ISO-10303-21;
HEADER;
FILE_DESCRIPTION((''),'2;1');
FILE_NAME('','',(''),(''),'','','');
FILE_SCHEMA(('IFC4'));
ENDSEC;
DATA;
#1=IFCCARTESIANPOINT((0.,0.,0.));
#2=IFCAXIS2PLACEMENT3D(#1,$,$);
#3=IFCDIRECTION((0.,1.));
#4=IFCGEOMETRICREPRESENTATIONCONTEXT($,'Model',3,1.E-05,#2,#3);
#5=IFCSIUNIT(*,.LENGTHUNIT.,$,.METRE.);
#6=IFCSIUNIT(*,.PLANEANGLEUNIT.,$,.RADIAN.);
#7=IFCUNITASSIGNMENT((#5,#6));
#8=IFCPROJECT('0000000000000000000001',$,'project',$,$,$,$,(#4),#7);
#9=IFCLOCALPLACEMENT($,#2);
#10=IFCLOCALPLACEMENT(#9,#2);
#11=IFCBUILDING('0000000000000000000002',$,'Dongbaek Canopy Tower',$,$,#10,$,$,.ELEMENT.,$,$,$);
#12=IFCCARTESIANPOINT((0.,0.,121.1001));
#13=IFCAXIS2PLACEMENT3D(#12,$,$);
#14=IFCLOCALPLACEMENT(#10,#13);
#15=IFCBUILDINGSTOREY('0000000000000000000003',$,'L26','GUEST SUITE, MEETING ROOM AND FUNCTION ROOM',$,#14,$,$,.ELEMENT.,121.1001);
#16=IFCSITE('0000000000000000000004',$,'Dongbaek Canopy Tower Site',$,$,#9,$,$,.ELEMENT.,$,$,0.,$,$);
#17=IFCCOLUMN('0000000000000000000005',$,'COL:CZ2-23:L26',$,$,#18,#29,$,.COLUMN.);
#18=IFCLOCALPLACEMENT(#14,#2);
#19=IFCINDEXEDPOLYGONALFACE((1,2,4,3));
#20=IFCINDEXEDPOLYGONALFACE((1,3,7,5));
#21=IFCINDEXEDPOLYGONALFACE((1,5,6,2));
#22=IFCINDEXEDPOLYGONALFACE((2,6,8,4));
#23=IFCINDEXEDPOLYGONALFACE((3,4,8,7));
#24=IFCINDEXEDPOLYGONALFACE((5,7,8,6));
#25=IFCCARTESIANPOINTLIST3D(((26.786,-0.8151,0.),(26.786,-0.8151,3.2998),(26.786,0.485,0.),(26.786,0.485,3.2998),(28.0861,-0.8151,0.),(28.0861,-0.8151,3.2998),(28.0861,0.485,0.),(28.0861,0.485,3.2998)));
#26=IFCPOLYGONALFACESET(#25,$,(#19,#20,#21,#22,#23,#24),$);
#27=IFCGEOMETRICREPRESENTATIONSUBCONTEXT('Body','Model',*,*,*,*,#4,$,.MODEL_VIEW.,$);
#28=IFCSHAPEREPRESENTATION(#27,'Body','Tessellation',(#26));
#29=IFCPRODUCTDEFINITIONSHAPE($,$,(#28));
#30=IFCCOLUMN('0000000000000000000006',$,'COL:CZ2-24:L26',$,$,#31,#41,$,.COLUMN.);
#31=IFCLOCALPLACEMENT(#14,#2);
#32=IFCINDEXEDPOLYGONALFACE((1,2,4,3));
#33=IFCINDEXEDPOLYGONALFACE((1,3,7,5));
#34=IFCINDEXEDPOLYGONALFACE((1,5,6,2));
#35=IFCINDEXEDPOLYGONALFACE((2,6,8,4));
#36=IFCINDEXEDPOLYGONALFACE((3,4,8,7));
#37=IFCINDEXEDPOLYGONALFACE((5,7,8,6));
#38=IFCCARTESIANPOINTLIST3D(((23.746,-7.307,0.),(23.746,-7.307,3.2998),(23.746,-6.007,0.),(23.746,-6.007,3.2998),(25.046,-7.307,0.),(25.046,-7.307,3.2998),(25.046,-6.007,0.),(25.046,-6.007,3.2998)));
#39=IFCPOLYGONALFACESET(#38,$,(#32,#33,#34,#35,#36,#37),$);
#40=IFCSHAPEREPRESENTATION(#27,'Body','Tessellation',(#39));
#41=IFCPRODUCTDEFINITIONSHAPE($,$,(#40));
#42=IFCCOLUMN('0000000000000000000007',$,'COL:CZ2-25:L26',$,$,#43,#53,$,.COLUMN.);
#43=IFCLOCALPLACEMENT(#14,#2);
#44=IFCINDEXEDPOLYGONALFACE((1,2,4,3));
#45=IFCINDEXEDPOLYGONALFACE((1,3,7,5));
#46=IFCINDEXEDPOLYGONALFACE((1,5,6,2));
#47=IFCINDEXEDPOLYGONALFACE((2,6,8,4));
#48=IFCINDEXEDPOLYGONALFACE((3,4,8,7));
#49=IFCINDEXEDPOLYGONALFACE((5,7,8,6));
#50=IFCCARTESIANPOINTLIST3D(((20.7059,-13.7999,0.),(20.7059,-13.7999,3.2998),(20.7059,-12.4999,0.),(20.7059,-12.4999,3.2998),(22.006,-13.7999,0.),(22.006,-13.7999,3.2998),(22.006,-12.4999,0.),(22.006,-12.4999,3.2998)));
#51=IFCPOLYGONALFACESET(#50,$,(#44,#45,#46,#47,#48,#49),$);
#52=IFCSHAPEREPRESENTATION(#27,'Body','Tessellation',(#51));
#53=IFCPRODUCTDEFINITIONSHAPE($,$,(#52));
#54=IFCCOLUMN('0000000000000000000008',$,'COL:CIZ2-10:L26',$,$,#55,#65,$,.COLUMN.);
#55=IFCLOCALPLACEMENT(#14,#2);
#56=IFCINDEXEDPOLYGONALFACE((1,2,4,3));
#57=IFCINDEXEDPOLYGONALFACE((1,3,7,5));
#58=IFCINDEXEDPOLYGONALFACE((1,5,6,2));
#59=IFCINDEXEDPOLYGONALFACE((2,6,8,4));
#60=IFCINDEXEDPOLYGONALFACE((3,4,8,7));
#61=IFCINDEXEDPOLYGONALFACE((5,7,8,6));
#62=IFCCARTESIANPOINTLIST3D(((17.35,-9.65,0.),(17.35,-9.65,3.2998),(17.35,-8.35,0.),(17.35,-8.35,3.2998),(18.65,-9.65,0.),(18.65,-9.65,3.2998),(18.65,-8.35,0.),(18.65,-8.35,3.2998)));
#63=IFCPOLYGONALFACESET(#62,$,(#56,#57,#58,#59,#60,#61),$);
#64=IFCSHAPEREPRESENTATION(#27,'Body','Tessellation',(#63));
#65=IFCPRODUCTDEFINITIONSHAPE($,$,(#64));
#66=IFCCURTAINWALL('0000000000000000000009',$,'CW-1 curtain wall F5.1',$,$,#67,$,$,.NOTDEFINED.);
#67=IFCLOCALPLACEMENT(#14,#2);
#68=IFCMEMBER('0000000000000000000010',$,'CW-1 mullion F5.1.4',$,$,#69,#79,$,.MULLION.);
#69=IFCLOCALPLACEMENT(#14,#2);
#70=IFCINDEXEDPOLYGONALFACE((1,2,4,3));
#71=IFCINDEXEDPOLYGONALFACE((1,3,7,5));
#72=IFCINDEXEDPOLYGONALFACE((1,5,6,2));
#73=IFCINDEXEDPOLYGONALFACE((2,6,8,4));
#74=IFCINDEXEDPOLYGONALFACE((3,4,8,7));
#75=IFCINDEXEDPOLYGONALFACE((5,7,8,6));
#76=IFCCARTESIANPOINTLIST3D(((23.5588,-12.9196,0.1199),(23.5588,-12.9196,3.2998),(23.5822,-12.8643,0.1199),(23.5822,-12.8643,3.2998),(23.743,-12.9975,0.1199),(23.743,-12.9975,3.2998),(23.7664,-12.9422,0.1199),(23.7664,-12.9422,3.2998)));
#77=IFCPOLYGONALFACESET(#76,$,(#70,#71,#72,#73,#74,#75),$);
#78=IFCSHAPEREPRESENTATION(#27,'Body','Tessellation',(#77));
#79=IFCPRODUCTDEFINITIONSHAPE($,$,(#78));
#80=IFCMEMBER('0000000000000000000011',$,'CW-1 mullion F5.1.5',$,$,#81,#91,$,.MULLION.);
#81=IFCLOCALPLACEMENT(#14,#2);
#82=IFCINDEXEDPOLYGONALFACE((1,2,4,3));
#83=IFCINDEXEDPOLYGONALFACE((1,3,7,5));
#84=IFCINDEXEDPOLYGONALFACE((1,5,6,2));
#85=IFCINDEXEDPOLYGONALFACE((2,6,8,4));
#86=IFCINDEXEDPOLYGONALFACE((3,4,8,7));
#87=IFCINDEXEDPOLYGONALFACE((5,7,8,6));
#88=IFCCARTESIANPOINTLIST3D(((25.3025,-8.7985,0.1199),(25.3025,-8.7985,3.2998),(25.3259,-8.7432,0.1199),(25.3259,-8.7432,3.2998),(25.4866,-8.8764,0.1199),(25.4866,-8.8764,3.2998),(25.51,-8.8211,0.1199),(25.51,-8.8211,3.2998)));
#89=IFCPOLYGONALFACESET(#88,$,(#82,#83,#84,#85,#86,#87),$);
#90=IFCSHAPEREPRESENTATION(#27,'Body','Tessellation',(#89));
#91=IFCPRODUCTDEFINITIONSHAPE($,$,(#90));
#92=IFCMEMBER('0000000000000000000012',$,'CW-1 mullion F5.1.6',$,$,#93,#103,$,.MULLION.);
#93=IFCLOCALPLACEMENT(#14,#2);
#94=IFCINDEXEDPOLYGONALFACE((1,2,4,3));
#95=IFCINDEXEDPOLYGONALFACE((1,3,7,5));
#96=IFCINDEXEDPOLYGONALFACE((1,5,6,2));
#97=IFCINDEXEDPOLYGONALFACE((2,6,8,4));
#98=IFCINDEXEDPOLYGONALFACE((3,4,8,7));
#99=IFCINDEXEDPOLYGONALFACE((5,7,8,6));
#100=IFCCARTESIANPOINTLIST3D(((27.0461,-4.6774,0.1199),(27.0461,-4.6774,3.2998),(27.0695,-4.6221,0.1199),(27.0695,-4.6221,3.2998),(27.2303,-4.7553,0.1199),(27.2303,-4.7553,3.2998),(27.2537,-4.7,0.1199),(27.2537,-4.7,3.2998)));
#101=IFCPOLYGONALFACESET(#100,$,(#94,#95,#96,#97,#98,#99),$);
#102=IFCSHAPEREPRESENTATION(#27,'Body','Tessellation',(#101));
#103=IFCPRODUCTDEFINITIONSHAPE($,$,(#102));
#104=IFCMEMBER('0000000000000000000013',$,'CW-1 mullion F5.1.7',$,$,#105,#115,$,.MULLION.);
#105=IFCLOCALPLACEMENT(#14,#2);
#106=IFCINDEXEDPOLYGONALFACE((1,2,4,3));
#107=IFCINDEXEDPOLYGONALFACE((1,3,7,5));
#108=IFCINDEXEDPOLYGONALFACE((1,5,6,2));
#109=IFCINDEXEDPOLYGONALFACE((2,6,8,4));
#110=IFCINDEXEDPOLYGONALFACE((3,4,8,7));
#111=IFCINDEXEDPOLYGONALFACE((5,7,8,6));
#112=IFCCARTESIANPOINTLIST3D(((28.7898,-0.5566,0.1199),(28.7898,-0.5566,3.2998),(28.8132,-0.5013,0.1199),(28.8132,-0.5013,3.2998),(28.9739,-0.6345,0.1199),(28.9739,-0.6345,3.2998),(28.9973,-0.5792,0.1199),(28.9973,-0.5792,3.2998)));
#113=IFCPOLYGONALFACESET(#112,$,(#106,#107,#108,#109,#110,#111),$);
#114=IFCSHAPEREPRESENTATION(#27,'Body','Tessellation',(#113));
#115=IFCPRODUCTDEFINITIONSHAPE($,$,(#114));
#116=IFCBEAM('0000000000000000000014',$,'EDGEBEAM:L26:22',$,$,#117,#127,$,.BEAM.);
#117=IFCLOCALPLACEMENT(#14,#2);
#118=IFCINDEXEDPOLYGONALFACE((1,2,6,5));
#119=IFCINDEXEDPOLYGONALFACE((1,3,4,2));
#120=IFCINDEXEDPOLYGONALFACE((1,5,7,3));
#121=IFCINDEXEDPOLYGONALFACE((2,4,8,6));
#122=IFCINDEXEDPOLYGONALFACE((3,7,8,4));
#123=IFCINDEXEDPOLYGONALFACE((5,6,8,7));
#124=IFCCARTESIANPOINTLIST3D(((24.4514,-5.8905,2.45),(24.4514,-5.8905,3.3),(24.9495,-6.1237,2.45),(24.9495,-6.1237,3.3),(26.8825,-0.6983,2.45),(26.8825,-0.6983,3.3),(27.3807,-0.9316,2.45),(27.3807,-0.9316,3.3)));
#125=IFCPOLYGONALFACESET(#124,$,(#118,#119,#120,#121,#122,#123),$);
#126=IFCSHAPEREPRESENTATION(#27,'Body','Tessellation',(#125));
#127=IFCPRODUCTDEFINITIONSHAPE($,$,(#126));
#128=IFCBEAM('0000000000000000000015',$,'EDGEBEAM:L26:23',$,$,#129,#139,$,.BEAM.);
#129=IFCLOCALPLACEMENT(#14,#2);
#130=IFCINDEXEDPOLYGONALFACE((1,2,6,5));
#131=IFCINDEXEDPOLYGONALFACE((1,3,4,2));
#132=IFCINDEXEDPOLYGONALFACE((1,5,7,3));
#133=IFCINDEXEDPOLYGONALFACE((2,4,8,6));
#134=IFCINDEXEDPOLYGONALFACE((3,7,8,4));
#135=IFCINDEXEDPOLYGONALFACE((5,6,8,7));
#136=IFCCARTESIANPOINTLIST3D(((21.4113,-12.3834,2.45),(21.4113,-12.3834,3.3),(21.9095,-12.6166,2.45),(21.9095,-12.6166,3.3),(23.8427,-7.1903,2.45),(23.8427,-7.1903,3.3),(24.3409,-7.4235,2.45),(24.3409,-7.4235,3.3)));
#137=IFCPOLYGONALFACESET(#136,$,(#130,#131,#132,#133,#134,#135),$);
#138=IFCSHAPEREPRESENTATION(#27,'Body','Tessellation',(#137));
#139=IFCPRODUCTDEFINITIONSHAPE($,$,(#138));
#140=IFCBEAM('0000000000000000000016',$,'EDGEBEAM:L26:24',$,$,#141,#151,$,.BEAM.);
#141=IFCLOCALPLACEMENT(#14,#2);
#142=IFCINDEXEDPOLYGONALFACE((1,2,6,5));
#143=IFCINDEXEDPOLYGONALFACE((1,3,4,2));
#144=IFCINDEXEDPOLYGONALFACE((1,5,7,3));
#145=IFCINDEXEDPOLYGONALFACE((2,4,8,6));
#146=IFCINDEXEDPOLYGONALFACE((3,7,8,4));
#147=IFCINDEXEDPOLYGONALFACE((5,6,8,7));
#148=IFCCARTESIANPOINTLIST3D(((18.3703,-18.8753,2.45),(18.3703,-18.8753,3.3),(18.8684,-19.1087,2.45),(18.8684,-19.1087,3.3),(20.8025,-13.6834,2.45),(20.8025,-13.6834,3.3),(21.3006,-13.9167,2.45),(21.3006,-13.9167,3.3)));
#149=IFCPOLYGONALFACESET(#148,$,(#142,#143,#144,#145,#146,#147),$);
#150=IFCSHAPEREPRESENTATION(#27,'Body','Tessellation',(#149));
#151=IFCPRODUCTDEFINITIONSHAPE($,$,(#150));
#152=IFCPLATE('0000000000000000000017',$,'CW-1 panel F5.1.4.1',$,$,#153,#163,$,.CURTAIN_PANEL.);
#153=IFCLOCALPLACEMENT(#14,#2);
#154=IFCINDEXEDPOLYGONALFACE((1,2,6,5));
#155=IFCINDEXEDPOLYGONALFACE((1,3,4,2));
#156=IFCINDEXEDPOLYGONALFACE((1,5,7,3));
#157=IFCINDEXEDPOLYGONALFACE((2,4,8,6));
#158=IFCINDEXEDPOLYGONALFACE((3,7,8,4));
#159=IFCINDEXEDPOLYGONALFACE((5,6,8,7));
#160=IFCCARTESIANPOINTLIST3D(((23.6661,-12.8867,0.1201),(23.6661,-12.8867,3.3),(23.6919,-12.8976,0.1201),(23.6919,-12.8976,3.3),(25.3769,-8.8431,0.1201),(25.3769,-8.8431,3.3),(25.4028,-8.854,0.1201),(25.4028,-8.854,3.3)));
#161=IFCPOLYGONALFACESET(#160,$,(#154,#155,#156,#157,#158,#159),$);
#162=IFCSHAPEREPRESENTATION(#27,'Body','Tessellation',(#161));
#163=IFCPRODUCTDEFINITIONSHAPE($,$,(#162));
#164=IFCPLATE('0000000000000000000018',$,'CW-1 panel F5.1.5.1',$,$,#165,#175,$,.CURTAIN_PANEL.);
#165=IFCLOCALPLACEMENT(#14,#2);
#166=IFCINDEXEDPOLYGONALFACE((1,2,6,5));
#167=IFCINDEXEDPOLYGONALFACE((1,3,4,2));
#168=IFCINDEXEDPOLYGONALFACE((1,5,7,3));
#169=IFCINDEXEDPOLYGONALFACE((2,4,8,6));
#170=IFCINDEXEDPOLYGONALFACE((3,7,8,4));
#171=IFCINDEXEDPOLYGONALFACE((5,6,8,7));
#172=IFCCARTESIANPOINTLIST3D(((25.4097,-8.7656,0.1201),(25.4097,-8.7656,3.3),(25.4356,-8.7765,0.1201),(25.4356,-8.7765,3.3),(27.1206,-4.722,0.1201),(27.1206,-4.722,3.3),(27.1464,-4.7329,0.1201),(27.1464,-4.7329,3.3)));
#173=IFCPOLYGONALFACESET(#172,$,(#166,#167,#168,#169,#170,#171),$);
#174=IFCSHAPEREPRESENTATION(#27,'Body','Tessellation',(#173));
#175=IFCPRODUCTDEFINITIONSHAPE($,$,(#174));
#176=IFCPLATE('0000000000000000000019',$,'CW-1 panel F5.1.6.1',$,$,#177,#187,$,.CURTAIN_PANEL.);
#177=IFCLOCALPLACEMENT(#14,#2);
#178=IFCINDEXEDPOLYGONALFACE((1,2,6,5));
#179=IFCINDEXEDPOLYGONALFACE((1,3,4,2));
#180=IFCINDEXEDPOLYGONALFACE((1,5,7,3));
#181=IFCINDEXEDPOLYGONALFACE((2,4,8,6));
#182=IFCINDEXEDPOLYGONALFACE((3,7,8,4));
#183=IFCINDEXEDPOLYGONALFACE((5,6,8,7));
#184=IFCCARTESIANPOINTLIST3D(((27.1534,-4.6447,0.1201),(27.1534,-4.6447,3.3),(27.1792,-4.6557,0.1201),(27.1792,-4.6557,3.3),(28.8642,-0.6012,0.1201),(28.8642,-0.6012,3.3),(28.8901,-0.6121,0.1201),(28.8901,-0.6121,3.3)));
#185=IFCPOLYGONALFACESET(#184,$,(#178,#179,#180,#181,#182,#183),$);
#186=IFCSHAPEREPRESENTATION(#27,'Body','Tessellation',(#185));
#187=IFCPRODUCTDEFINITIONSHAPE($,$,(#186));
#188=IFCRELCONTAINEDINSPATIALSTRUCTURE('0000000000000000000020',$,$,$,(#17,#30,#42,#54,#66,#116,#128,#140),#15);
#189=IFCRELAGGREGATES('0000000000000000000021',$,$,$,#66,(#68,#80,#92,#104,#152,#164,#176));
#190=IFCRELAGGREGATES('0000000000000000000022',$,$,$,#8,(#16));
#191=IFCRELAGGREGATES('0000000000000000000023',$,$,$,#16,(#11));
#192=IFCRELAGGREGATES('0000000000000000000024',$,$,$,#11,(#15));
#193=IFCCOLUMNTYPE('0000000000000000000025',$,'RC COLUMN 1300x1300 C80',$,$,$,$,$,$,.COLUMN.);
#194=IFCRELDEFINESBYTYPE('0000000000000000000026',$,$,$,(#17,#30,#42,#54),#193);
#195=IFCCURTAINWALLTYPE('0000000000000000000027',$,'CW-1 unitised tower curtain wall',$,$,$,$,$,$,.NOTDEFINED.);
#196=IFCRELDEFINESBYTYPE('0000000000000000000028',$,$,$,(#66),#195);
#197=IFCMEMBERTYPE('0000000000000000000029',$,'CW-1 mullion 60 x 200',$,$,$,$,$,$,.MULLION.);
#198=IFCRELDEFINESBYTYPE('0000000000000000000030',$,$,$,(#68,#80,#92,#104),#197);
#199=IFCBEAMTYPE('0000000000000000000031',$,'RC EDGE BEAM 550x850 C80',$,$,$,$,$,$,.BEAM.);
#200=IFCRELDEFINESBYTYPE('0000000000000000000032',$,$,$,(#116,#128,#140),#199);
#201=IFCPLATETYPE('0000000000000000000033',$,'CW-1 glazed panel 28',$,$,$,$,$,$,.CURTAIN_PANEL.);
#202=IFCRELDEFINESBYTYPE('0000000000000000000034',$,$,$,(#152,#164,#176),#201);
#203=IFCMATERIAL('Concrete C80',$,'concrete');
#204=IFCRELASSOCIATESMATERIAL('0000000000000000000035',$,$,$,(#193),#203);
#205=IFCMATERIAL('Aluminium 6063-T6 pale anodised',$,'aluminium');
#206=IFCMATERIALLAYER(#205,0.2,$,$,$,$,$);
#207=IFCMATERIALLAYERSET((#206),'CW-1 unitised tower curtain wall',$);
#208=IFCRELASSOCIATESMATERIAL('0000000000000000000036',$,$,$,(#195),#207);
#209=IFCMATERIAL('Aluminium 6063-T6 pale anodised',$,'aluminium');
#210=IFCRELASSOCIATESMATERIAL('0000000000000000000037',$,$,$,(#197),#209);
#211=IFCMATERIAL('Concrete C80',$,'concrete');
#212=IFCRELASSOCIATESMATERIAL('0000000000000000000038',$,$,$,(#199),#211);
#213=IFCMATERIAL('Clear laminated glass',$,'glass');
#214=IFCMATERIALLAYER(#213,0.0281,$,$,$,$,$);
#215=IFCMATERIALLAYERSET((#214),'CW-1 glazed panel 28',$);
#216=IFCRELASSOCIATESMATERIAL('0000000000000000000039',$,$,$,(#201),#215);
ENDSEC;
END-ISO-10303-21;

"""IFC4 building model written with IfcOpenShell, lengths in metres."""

from ifc_helpers import new_model, si_unit, direction, frame, origin, origin_2d, place, context, subcontext, project, spatial, rectangle, extrude, material, layer, layer_set, material_profile, profile_set, type_object, element, aggregate, save


model = new_model("IFC4")

# Units and contexts
model_context = context("Model", 3, precision=1e-05, world=origin(), true_north=direction((0.0, 1.0)))
body_context = subcontext(model_context, "Body", "Model", "MODEL_VIEW")
ifc_project = project(units=[si_unit("LENGTHUNIT", "METRE"), si_unit("PLANEANGLEUNIT", "RADIAN")], contexts=[model_context])

# Site, building, storey
site_placement = place(None, origin())
site = spatial("IfcSite", under=ifc_project, at=site_placement, Name="Dongbaek Canopy Tower Site", CompositionType="ELEMENT", RefElevation=0.0)
building_placement = place(site_placement, origin())
building = spatial("IfcBuilding", under=site, at=building_placement, Name="Dongbaek Canopy Tower", CompositionType="ELEMENT")
storey_placement = place(building_placement, frame((0.0, 0.0, 121.1001)))
storey = spatial("IfcBuildingStorey", under=building, at=storey_placement, Name="L26", Description="GUEST SUITE, MEETING ROOM AND FUNCTION ROOM", CompositionType="ELEMENT", Elevation=121.1001)

# Columns
ifc_material_1 = material(Name="Concrete C80", Category="concrete")
ifc_material_profile_1 = material_profile(ifc_material_1, rectangle(XDim=1.3, YDim=1.3, at=origin_2d()), Name="RC COLUMN 1300x1300 C80")
ifc_profile_set_1 = profile_set([ifc_material_profile_1], Name="Concrete C80")
column_type = type_object("IfcColumnType", Name="RC COLUMN 1300x1300 C80", PredefinedType="COLUMN", material=ifc_profile_set_1)
for number, where, z_axis, x_axis, name in (
    (1, (27.436, -0.165, 0.0), (0.0, 0.0, 1.0), (1.0, 0.0, 0.0), "COL:CZ2-23:L26"),
    (2, (24.396, -6.657, 0.0), (0.0, 0.0, 1.0), (1.0, 0.0, 0.0), "COL:CZ2-24:L26"),
    (3, (21.356, -13.1499, 0.0), (0.0, 0.0, 1.0), (1.0, 0.0, 0.0), "COL:CZ2-25:L26"),
    (4, (18.0, -9.0, 0.0), (0.0, 0.0, 1.0), (1.0, 0.0, 0.0), "COL:CIZ2-10:L26"),
):
    element("IfcColumn", number, at=place(storey_placement, frame(where, z_axis=z_axis, x_axis=x_axis)), inside=storey, type_object=column_type, Name=name, PredefinedType="COLUMN", context=body_context, shape_type="SweptSolid", body=[
        extrude(rectangle(XDim=1.3, YDim=1.3, at=origin_2d()), origin(), (0.0, 0.0, 1.0), 3.2998),
    ])

# Curtain wall, members
ifc_material_2 = material(Name="Aluminium 6063-T6 pale anodised", Category="aluminium")
ifc_layer_1 = layer(ifc_material_2, 0.2)
ifc_layer_set_1 = layer_set([ifc_layer_1], Name="CW-1 unitised tower curtain wall")
curtain_wall_type = type_object("IfcCurtainWallType", Name="CW-1 unitised tower curtain wall", PredefinedType="NOTDEFINED", material=ifc_layer_set_1)
curtain_wall_placement = place(storey_placement, origin())
curtain_wall = element("IfcCurtainWall", 5, at=curtain_wall_placement, inside=storey, type_object=curtain_wall_type, Name="CW-1 curtain wall F5.1", PredefinedType="NOTDEFINED")
ifc_material_3 = material(Name="Aluminium 6063-T6 pale anodised", Category="aluminium")
ifc_material_profile_2 = material_profile(ifc_material_3, rectangle(XDim=0.2, YDim=0.0601, at=origin_2d()), Name="CW-1 mullion 60 x 200")
ifc_profile_set_2 = profile_set([ifc_material_profile_2], Name="Aluminium 6063-T6 pale anodised")
member_type = type_object("IfcMemberType", Name="CW-1 mullion 60 x 200", PredefinedType="MULLION", material=ifc_profile_set_2)
member_1_placement = place(storey_placement, frame((23.6626, -12.9309, 0.1199), z_axis=(0.0, 0.0, 1.0), x_axis=(0.920958, -0.389663, 0.0)))
member_1 = element("IfcMember", 6, at=member_1_placement, type_object=member_type, Name="CW-1 mullion F5.1.4", PredefinedType="MULLION", context=body_context, shape_type="SweptSolid", body=[
    extrude(rectangle(XDim=0.2, YDim=0.0601, at=origin_2d()), origin(), (0.0, 0.0, 1.0), 3.1799),
])
member_2_placement = place(storey_placement, frame((25.4062, -8.8098, 0.1199), z_axis=(0.0, 0.0, 1.0), x_axis=(0.920958, -0.389663, 0.0)))
member_2 = element("IfcMember", 7, at=member_2_placement, type_object=member_type, Name="CW-1 mullion F5.1.5", PredefinedType="MULLION", context=body_context, shape_type="SweptSolid", body=[
    extrude(rectangle(XDim=0.2, YDim=0.0601, at=origin_2d()), origin(), (0.0, 0.0, 1.0), 3.1799),
])
member_3_placement = place(storey_placement, frame((27.1499, -4.6887, 0.1199), z_axis=(0.0, 0.0, 1.0), x_axis=(0.920958, -0.389663, 0.0)))
member_3 = element("IfcMember", 8, at=member_3_placement, type_object=member_type, Name="CW-1 mullion F5.1.6", PredefinedType="MULLION", context=body_context, shape_type="SweptSolid", body=[
    extrude(rectangle(XDim=0.2, YDim=0.0601, at=origin_2d()), origin(), (0.0, 0.0, 1.0), 3.1799),
])
member_4_placement = place(storey_placement, frame((28.8936, -0.5679, 0.1199), z_axis=(0.0, 0.0, 1.0), x_axis=(0.920958, -0.389663, 0.0)))
member_4 = element("IfcMember", 9, at=member_4_placement, type_object=member_type, Name="CW-1 mullion F5.1.7", PredefinedType="MULLION", context=body_context, shape_type="SweptSolid", body=[
    extrude(rectangle(XDim=0.2, YDim=0.0601, at=origin_2d()), origin(), (0.0, 0.0, 1.0), 3.1799),
])

# Beams
ifc_material_4 = material(Name="Concrete C80", Category="concrete")
ifc_material_profile_3 = material_profile(ifc_material_4, rectangle(XDim=0.55, YDim=0.8501, at=origin_2d()), Name="RC EDGE BEAM 550x850 C80")
ifc_profile_set_3 = profile_set([ifc_material_profile_3], Name="Concrete C80")
beam_type = type_object("IfcBeamType", Name="RC EDGE BEAM 550x850 C80", PredefinedType="BEAM", material=ifc_profile_set_3)
beam_1_placement = place(storey_placement, frame((27.1316, -0.8149, 2.875), z_axis=(-0.424053, -0.905637, 0.0), x_axis=(0.905637, -0.424053, 0.0)))
element("IfcBeam", 10, at=beam_1_placement, inside=storey, type_object=beam_type, Name="EDGEBEAM:L26:22", PredefinedType="BEAM", context=body_context, shape_type="SweptSolid", body=[
    extrude(rectangle(XDim=0.55, YDim=0.8501, at=origin_2d()), origin(), (0.0, 0.0, 1.0), 5.7332),
])
beam_2_placement = place(storey_placement, frame((24.0918, -7.3069, 2.875), z_axis=(-0.424023, -0.905652, 0.0), x_axis=(0.905652, -0.424023, 0.0)))
element("IfcBeam", 11, at=beam_2_placement, inside=storey, type_object=beam_type, Name="EDGEBEAM:L26:23", PredefinedType="BEAM", context=body_context, shape_type="SweptSolid", body=[
    extrude(rectangle(XDim=0.55, YDim=0.8501, at=origin_2d()), origin(), (0.0, 0.0, 1.0), 5.7341),
])
beam_3_placement = place(storey_placement, frame((21.0515, -13.8, 2.875), z_axis=(-0.424209, -0.905564, 0.0), x_axis=(0.905564, -0.424209, 0.0)))
element("IfcBeam", 12, at=beam_3_placement, inside=storey, type_object=beam_type, Name="EDGEBEAM:L26:24", PredefinedType="BEAM", context=body_context, shape_type="SweptSolid", body=[
    extrude(rectangle(XDim=0.55, YDim=0.8501, at=origin_2d()), origin(), (0.0, 0.0, 1.0), 5.7334),
])

# Plates
ifc_material_5 = material(Name="Clear laminated glass", Category="glass")
ifc_layer_2 = layer(ifc_material_5, 0.0281)
ifc_layer_set_2 = layer_set([ifc_layer_2], Name="CW-1 glazed panel 28")
plate_type = type_object("IfcPlateType", Name="CW-1 glazed panel 28", PredefinedType="CURTAIN_PANEL", material=ifc_layer_set_2)
plate_1_placement = place(storey_placement, frame((24.5344, -10.8704, 0.1201), z_axis=(0.0, 0.0, 1.0), x_axis=(0.389663, 0.920958, 0.0)))
plate_1 = element("IfcPlate", 13, at=plate_1_placement, type_object=plate_type, Name="CW-1 panel F5.1.4.1", PredefinedType="CURTAIN_PANEL", context=body_context, shape_type="SweptSolid", body=[
    extrude(rectangle(XDim=4.3906, YDim=0.0281, at=origin_2d()), origin(), (0.0, 0.0, 1.0), 3.1799),
])
plate_2_placement = place(storey_placement, frame((26.2781, -6.7493, 0.1201), z_axis=(0.0, 0.0, 1.0), x_axis=(0.389663, 0.920958, 0.0)))
plate_2 = element("IfcPlate", 14, at=plate_2_placement, type_object=plate_type, Name="CW-1 panel F5.1.5.1", PredefinedType="CURTAIN_PANEL", context=body_context, shape_type="SweptSolid", body=[
    extrude(rectangle(XDim=4.3906, YDim=0.0281, at=origin_2d()), origin(), (0.0, 0.0, 1.0), 3.1799),
])
plate_3_placement = place(storey_placement, frame((28.0217, -2.6284, 0.1201), z_axis=(0.0, 0.0, 1.0), x_axis=(0.389663, 0.920958, 0.0)))
plate_3 = element("IfcPlate", 15, at=plate_3_placement, type_object=plate_type, Name="CW-1 panel F5.1.6.1", PredefinedType="CURTAIN_PANEL", context=body_context, shape_type="SweptSolid", body=[
    extrude(rectangle(XDim=4.3906, YDim=0.0281, at=origin_2d()), origin(), (0.0, 0.0, 1.0), 3.1799),
])

aggregate(curtain_wall, [member_1, member_2, member_3, member_4, plate_1, plate_2, plate_3])

save(model, "model.ifc")
